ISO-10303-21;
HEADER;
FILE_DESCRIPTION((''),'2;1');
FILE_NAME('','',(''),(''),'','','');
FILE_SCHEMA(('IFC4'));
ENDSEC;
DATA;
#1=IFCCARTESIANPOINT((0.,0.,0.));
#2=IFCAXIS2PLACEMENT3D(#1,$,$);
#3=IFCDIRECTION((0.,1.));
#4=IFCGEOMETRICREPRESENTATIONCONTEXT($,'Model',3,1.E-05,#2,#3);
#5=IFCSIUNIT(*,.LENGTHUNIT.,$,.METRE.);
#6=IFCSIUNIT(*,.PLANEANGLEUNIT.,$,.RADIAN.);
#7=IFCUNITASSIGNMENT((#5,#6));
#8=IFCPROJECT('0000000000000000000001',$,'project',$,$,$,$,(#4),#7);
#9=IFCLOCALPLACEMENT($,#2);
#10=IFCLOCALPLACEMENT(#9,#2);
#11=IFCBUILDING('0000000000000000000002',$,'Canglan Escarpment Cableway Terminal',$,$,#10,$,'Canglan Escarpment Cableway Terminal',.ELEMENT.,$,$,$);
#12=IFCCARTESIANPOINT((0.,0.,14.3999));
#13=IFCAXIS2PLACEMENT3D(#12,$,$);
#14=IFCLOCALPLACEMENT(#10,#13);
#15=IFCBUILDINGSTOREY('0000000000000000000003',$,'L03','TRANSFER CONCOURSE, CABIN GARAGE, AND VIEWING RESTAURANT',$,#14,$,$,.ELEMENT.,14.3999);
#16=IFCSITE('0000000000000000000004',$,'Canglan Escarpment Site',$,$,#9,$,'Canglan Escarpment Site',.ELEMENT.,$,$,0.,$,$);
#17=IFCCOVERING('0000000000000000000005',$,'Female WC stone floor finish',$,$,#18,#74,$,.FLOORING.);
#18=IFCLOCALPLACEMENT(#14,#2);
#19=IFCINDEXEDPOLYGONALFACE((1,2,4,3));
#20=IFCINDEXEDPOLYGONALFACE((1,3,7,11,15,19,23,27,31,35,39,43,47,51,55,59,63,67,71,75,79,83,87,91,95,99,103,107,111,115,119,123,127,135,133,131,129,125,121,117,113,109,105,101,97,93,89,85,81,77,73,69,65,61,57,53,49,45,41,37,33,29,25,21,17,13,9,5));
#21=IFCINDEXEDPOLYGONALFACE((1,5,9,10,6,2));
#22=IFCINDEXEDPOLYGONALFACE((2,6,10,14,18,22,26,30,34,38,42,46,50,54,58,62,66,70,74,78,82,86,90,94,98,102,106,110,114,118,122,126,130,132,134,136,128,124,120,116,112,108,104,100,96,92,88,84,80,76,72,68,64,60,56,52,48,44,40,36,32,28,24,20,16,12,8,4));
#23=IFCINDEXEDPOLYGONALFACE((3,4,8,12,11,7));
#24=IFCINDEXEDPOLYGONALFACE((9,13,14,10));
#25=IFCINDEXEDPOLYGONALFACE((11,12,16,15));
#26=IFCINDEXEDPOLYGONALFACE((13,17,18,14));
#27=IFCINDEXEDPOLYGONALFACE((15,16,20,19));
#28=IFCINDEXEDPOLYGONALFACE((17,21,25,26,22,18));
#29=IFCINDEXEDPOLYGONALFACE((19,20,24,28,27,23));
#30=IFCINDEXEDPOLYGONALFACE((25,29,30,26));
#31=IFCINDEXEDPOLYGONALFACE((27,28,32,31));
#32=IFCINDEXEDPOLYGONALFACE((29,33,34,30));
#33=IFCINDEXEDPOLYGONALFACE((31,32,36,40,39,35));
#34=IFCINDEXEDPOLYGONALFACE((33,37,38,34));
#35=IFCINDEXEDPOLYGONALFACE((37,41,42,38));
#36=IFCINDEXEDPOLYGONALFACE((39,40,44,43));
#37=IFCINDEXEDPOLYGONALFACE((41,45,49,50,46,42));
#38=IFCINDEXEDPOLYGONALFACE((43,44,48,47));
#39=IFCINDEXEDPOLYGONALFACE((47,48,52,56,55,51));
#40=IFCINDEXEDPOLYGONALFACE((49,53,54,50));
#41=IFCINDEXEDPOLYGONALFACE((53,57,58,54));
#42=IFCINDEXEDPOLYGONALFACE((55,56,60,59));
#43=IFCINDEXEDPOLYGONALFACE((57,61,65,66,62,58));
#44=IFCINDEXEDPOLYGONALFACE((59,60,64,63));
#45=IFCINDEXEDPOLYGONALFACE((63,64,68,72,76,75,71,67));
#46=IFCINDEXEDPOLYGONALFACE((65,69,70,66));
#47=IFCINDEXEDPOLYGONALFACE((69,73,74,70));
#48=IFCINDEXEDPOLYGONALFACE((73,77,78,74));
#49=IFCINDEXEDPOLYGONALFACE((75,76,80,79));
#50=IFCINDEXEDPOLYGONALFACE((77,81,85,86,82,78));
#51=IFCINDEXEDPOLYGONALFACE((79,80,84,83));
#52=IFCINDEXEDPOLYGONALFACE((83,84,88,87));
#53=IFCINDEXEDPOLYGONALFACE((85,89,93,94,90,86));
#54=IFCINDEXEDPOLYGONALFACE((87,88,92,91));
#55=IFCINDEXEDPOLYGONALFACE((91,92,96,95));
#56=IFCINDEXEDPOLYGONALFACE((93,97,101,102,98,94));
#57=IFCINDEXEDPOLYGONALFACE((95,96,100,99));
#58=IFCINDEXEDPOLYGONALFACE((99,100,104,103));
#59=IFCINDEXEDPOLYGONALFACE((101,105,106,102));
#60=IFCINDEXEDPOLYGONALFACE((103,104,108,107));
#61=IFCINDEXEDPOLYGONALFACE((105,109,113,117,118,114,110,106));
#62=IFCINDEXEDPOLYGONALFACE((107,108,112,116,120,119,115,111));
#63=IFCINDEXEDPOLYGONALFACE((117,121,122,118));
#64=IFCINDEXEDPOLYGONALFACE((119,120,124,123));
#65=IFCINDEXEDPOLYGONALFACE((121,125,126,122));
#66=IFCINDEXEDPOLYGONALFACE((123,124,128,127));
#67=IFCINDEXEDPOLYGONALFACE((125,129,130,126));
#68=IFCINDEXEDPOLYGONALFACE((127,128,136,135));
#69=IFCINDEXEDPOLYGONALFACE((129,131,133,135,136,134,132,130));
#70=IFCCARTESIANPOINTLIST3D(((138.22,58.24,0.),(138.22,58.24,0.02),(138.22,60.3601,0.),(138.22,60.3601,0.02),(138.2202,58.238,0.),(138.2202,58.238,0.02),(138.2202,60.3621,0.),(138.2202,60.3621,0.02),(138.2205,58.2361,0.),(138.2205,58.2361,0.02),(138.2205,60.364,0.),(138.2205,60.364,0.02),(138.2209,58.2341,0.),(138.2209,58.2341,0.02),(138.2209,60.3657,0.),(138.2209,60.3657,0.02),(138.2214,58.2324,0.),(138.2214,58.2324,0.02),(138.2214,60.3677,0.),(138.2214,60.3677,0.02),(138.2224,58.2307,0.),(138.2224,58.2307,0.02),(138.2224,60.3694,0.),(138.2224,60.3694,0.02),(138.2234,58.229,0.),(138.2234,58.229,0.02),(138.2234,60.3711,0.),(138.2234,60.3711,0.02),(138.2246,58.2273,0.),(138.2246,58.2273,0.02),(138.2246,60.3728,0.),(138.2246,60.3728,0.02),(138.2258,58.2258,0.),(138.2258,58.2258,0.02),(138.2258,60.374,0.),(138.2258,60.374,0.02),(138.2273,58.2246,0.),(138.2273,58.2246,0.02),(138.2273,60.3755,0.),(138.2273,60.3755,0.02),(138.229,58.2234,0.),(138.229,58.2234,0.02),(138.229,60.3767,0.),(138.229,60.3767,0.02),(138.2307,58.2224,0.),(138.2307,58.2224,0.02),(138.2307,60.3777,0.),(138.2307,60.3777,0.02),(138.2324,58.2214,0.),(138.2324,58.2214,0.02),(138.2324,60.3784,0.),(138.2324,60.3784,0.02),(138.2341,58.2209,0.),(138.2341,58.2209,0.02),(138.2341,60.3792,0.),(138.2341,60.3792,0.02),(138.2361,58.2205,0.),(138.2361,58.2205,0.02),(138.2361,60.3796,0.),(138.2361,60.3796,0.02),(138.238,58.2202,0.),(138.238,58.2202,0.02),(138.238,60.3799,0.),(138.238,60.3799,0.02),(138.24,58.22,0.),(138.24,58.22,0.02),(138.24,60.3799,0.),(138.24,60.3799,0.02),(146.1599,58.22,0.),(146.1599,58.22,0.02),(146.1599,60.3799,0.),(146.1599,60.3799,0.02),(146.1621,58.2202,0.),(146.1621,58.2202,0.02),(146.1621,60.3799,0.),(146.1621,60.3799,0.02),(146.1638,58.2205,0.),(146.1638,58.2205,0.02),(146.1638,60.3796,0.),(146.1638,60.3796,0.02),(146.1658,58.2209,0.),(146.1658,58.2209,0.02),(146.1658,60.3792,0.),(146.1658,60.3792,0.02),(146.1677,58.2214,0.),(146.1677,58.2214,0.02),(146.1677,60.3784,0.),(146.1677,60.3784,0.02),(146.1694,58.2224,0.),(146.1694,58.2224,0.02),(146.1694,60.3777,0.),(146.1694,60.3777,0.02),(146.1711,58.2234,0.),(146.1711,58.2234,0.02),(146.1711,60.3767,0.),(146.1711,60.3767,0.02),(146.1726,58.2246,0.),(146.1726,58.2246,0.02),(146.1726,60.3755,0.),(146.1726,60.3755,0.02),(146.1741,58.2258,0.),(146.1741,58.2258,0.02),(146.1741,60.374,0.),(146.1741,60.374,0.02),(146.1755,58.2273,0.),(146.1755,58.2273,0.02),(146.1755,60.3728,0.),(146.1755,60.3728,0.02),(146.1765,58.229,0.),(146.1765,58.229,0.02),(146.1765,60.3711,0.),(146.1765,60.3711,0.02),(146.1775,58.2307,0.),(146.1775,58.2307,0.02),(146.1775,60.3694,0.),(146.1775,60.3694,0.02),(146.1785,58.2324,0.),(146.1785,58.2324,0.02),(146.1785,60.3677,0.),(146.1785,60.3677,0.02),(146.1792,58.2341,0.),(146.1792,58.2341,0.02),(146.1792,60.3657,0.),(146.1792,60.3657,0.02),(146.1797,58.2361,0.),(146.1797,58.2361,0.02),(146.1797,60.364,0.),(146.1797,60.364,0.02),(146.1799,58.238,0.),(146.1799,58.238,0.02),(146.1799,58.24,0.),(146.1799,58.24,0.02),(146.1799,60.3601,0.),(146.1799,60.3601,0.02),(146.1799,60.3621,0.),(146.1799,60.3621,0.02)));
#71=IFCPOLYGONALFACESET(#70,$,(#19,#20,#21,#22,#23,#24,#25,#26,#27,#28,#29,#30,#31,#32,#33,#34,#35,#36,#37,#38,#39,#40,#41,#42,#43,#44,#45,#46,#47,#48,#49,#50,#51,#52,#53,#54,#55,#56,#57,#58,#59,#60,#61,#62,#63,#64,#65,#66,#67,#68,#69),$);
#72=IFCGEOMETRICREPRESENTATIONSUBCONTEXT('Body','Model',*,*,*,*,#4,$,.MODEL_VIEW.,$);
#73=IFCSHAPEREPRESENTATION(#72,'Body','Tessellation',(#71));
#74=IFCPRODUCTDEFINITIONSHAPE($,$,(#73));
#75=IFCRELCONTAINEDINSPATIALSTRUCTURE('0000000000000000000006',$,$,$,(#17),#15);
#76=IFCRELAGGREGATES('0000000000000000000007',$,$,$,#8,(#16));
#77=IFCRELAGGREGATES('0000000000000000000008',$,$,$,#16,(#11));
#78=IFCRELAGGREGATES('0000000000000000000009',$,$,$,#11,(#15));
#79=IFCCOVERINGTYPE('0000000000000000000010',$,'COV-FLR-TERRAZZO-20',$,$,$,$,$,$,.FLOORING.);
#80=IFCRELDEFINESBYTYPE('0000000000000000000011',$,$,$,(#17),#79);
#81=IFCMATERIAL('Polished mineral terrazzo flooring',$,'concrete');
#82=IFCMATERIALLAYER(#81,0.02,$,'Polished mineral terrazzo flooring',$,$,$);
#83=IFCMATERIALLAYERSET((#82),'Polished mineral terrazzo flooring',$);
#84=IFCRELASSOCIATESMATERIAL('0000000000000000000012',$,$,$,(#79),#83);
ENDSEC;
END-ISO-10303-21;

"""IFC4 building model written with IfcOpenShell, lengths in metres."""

from ifc_helpers import new_model, si_unit, direction, frame, origin, place, context, subcontext, project, spatial, polyline, outline, extrude, material, layer, layer_set, type_object, element, save


model = new_model("IFC4")

# Units and contexts
model_context = context("Model", 3, precision=1e-05, world=origin(), true_north=direction((0.0, 1.0)))
body_context = subcontext(model_context, "Body", "Model", "MODEL_VIEW")
ifc_project = project(units=[si_unit("LENGTHUNIT", "METRE"), si_unit("PLANEANGLEUNIT", "RADIAN")], contexts=[model_context])

# Site, building, storey
site_placement = place(None, origin())
site = spatial("IfcSite", under=ifc_project, at=site_placement, Name="Canglan Escarpment Site", LongName="Canglan Escarpment Site", CompositionType="ELEMENT", RefElevation=0.0)
building_placement = place(site_placement, origin())
building = spatial("IfcBuilding", under=site, at=building_placement, Name="Canglan Escarpment Cableway Terminal", LongName="Canglan Escarpment Cableway Terminal", CompositionType="ELEMENT")
storey_placement = place(building_placement, frame((0.0, 0.0, 14.3999)))
storey = spatial("IfcBuildingStorey", under=building, at=storey_placement, Name="L03", Description="TRANSFER CONCOURSE, CABIN GARAGE, AND VIEWING RESTAURANT", CompositionType="ELEMENT", Elevation=14.3999)

# Covering
ifc_material_1 = material(Name="Polished mineral terrazzo flooring", Category="concrete")
ifc_layer_1 = layer(ifc_material_1, 0.02, Name="Polished mineral terrazzo flooring")
ifc_layer_set_1 = layer_set([ifc_layer_1], Name="Polished mineral terrazzo flooring")
covering_type_1 = type_object("IfcCoveringType", Name="COV-FLR-TERRAZZO-20", PredefinedType="FLOORING", material=ifc_layer_set_1)
covering_1_placement = place(storey_placement, origin())
element("IfcCovering", 1, at=covering_1_placement, inside=storey, type_object=covering_type_1, Name="Female WC stone floor finish", PredefinedType="FLOORING", context=body_context, shape_type="SweptSolid", body=[
    extrude(outline(polyline([(138.22, 60.3601), (138.2202, 60.3621), (138.2205, 60.364), (138.2209, 60.3657), (138.2214, 60.3677), (138.2224, 60.3694), (138.2234, 60.3711), (138.2246, 60.3728), (138.2258, 60.374), (138.2273, 60.3755), (138.229, 60.3767), (138.2307, 60.3777), (138.2324, 60.3784), (138.2341, 60.3792), (138.2361, 60.3796), (138.238, 60.3799), (138.24, 60.3799), (146.1599, 60.3799), (146.1621, 60.3799), (146.1638, 60.3796), (146.1658, 60.3792), (146.1677, 60.3784), (146.1694, 60.3777), (146.1711, 60.3767), (146.1726, 60.3755), (146.1741, 60.374), (146.1755, 60.3728), (146.1765, 60.3711), (146.1775, 60.3694), (146.1785, 60.3677), (146.1792, 60.3657), (146.1797, 60.364), (146.1799, 60.3621), (146.1799, 60.3601), (146.1799, 58.24), (146.1799, 58.238), (146.1797, 58.2361), (146.1792, 58.2341), (146.1785, 58.2324), (146.1775, 58.2307), (146.1765, 58.229), (146.1755, 58.2273), (146.1741, 58.2258), (146.1726, 58.2246), (146.1711, 58.2234), (146.1694, 58.2224), (146.1677, 58.2214), (146.1658, 58.2209), (146.1638, 58.2205), (146.1621, 58.2202), (146.1599, 58.22), (138.24, 58.22), (138.238, 58.2202), (138.2361, 58.2205), (138.2341, 58.2209), (138.2324, 58.2214), (138.2307, 58.2224), (138.229, 58.2234), (138.2273, 58.2246), (138.2258, 58.2258), (138.2246, 58.2273), (138.2234, 58.229), (138.2224, 58.2307), (138.2214, 58.2324), (138.2209, 58.2341), (138.2205, 58.2361), (138.2202, 58.238), (138.22, 58.24), (138.22, 60.3601)])), origin(), (0.0, 0.0, 1.0), 0.02),
])

save(model, "model.ifc")
